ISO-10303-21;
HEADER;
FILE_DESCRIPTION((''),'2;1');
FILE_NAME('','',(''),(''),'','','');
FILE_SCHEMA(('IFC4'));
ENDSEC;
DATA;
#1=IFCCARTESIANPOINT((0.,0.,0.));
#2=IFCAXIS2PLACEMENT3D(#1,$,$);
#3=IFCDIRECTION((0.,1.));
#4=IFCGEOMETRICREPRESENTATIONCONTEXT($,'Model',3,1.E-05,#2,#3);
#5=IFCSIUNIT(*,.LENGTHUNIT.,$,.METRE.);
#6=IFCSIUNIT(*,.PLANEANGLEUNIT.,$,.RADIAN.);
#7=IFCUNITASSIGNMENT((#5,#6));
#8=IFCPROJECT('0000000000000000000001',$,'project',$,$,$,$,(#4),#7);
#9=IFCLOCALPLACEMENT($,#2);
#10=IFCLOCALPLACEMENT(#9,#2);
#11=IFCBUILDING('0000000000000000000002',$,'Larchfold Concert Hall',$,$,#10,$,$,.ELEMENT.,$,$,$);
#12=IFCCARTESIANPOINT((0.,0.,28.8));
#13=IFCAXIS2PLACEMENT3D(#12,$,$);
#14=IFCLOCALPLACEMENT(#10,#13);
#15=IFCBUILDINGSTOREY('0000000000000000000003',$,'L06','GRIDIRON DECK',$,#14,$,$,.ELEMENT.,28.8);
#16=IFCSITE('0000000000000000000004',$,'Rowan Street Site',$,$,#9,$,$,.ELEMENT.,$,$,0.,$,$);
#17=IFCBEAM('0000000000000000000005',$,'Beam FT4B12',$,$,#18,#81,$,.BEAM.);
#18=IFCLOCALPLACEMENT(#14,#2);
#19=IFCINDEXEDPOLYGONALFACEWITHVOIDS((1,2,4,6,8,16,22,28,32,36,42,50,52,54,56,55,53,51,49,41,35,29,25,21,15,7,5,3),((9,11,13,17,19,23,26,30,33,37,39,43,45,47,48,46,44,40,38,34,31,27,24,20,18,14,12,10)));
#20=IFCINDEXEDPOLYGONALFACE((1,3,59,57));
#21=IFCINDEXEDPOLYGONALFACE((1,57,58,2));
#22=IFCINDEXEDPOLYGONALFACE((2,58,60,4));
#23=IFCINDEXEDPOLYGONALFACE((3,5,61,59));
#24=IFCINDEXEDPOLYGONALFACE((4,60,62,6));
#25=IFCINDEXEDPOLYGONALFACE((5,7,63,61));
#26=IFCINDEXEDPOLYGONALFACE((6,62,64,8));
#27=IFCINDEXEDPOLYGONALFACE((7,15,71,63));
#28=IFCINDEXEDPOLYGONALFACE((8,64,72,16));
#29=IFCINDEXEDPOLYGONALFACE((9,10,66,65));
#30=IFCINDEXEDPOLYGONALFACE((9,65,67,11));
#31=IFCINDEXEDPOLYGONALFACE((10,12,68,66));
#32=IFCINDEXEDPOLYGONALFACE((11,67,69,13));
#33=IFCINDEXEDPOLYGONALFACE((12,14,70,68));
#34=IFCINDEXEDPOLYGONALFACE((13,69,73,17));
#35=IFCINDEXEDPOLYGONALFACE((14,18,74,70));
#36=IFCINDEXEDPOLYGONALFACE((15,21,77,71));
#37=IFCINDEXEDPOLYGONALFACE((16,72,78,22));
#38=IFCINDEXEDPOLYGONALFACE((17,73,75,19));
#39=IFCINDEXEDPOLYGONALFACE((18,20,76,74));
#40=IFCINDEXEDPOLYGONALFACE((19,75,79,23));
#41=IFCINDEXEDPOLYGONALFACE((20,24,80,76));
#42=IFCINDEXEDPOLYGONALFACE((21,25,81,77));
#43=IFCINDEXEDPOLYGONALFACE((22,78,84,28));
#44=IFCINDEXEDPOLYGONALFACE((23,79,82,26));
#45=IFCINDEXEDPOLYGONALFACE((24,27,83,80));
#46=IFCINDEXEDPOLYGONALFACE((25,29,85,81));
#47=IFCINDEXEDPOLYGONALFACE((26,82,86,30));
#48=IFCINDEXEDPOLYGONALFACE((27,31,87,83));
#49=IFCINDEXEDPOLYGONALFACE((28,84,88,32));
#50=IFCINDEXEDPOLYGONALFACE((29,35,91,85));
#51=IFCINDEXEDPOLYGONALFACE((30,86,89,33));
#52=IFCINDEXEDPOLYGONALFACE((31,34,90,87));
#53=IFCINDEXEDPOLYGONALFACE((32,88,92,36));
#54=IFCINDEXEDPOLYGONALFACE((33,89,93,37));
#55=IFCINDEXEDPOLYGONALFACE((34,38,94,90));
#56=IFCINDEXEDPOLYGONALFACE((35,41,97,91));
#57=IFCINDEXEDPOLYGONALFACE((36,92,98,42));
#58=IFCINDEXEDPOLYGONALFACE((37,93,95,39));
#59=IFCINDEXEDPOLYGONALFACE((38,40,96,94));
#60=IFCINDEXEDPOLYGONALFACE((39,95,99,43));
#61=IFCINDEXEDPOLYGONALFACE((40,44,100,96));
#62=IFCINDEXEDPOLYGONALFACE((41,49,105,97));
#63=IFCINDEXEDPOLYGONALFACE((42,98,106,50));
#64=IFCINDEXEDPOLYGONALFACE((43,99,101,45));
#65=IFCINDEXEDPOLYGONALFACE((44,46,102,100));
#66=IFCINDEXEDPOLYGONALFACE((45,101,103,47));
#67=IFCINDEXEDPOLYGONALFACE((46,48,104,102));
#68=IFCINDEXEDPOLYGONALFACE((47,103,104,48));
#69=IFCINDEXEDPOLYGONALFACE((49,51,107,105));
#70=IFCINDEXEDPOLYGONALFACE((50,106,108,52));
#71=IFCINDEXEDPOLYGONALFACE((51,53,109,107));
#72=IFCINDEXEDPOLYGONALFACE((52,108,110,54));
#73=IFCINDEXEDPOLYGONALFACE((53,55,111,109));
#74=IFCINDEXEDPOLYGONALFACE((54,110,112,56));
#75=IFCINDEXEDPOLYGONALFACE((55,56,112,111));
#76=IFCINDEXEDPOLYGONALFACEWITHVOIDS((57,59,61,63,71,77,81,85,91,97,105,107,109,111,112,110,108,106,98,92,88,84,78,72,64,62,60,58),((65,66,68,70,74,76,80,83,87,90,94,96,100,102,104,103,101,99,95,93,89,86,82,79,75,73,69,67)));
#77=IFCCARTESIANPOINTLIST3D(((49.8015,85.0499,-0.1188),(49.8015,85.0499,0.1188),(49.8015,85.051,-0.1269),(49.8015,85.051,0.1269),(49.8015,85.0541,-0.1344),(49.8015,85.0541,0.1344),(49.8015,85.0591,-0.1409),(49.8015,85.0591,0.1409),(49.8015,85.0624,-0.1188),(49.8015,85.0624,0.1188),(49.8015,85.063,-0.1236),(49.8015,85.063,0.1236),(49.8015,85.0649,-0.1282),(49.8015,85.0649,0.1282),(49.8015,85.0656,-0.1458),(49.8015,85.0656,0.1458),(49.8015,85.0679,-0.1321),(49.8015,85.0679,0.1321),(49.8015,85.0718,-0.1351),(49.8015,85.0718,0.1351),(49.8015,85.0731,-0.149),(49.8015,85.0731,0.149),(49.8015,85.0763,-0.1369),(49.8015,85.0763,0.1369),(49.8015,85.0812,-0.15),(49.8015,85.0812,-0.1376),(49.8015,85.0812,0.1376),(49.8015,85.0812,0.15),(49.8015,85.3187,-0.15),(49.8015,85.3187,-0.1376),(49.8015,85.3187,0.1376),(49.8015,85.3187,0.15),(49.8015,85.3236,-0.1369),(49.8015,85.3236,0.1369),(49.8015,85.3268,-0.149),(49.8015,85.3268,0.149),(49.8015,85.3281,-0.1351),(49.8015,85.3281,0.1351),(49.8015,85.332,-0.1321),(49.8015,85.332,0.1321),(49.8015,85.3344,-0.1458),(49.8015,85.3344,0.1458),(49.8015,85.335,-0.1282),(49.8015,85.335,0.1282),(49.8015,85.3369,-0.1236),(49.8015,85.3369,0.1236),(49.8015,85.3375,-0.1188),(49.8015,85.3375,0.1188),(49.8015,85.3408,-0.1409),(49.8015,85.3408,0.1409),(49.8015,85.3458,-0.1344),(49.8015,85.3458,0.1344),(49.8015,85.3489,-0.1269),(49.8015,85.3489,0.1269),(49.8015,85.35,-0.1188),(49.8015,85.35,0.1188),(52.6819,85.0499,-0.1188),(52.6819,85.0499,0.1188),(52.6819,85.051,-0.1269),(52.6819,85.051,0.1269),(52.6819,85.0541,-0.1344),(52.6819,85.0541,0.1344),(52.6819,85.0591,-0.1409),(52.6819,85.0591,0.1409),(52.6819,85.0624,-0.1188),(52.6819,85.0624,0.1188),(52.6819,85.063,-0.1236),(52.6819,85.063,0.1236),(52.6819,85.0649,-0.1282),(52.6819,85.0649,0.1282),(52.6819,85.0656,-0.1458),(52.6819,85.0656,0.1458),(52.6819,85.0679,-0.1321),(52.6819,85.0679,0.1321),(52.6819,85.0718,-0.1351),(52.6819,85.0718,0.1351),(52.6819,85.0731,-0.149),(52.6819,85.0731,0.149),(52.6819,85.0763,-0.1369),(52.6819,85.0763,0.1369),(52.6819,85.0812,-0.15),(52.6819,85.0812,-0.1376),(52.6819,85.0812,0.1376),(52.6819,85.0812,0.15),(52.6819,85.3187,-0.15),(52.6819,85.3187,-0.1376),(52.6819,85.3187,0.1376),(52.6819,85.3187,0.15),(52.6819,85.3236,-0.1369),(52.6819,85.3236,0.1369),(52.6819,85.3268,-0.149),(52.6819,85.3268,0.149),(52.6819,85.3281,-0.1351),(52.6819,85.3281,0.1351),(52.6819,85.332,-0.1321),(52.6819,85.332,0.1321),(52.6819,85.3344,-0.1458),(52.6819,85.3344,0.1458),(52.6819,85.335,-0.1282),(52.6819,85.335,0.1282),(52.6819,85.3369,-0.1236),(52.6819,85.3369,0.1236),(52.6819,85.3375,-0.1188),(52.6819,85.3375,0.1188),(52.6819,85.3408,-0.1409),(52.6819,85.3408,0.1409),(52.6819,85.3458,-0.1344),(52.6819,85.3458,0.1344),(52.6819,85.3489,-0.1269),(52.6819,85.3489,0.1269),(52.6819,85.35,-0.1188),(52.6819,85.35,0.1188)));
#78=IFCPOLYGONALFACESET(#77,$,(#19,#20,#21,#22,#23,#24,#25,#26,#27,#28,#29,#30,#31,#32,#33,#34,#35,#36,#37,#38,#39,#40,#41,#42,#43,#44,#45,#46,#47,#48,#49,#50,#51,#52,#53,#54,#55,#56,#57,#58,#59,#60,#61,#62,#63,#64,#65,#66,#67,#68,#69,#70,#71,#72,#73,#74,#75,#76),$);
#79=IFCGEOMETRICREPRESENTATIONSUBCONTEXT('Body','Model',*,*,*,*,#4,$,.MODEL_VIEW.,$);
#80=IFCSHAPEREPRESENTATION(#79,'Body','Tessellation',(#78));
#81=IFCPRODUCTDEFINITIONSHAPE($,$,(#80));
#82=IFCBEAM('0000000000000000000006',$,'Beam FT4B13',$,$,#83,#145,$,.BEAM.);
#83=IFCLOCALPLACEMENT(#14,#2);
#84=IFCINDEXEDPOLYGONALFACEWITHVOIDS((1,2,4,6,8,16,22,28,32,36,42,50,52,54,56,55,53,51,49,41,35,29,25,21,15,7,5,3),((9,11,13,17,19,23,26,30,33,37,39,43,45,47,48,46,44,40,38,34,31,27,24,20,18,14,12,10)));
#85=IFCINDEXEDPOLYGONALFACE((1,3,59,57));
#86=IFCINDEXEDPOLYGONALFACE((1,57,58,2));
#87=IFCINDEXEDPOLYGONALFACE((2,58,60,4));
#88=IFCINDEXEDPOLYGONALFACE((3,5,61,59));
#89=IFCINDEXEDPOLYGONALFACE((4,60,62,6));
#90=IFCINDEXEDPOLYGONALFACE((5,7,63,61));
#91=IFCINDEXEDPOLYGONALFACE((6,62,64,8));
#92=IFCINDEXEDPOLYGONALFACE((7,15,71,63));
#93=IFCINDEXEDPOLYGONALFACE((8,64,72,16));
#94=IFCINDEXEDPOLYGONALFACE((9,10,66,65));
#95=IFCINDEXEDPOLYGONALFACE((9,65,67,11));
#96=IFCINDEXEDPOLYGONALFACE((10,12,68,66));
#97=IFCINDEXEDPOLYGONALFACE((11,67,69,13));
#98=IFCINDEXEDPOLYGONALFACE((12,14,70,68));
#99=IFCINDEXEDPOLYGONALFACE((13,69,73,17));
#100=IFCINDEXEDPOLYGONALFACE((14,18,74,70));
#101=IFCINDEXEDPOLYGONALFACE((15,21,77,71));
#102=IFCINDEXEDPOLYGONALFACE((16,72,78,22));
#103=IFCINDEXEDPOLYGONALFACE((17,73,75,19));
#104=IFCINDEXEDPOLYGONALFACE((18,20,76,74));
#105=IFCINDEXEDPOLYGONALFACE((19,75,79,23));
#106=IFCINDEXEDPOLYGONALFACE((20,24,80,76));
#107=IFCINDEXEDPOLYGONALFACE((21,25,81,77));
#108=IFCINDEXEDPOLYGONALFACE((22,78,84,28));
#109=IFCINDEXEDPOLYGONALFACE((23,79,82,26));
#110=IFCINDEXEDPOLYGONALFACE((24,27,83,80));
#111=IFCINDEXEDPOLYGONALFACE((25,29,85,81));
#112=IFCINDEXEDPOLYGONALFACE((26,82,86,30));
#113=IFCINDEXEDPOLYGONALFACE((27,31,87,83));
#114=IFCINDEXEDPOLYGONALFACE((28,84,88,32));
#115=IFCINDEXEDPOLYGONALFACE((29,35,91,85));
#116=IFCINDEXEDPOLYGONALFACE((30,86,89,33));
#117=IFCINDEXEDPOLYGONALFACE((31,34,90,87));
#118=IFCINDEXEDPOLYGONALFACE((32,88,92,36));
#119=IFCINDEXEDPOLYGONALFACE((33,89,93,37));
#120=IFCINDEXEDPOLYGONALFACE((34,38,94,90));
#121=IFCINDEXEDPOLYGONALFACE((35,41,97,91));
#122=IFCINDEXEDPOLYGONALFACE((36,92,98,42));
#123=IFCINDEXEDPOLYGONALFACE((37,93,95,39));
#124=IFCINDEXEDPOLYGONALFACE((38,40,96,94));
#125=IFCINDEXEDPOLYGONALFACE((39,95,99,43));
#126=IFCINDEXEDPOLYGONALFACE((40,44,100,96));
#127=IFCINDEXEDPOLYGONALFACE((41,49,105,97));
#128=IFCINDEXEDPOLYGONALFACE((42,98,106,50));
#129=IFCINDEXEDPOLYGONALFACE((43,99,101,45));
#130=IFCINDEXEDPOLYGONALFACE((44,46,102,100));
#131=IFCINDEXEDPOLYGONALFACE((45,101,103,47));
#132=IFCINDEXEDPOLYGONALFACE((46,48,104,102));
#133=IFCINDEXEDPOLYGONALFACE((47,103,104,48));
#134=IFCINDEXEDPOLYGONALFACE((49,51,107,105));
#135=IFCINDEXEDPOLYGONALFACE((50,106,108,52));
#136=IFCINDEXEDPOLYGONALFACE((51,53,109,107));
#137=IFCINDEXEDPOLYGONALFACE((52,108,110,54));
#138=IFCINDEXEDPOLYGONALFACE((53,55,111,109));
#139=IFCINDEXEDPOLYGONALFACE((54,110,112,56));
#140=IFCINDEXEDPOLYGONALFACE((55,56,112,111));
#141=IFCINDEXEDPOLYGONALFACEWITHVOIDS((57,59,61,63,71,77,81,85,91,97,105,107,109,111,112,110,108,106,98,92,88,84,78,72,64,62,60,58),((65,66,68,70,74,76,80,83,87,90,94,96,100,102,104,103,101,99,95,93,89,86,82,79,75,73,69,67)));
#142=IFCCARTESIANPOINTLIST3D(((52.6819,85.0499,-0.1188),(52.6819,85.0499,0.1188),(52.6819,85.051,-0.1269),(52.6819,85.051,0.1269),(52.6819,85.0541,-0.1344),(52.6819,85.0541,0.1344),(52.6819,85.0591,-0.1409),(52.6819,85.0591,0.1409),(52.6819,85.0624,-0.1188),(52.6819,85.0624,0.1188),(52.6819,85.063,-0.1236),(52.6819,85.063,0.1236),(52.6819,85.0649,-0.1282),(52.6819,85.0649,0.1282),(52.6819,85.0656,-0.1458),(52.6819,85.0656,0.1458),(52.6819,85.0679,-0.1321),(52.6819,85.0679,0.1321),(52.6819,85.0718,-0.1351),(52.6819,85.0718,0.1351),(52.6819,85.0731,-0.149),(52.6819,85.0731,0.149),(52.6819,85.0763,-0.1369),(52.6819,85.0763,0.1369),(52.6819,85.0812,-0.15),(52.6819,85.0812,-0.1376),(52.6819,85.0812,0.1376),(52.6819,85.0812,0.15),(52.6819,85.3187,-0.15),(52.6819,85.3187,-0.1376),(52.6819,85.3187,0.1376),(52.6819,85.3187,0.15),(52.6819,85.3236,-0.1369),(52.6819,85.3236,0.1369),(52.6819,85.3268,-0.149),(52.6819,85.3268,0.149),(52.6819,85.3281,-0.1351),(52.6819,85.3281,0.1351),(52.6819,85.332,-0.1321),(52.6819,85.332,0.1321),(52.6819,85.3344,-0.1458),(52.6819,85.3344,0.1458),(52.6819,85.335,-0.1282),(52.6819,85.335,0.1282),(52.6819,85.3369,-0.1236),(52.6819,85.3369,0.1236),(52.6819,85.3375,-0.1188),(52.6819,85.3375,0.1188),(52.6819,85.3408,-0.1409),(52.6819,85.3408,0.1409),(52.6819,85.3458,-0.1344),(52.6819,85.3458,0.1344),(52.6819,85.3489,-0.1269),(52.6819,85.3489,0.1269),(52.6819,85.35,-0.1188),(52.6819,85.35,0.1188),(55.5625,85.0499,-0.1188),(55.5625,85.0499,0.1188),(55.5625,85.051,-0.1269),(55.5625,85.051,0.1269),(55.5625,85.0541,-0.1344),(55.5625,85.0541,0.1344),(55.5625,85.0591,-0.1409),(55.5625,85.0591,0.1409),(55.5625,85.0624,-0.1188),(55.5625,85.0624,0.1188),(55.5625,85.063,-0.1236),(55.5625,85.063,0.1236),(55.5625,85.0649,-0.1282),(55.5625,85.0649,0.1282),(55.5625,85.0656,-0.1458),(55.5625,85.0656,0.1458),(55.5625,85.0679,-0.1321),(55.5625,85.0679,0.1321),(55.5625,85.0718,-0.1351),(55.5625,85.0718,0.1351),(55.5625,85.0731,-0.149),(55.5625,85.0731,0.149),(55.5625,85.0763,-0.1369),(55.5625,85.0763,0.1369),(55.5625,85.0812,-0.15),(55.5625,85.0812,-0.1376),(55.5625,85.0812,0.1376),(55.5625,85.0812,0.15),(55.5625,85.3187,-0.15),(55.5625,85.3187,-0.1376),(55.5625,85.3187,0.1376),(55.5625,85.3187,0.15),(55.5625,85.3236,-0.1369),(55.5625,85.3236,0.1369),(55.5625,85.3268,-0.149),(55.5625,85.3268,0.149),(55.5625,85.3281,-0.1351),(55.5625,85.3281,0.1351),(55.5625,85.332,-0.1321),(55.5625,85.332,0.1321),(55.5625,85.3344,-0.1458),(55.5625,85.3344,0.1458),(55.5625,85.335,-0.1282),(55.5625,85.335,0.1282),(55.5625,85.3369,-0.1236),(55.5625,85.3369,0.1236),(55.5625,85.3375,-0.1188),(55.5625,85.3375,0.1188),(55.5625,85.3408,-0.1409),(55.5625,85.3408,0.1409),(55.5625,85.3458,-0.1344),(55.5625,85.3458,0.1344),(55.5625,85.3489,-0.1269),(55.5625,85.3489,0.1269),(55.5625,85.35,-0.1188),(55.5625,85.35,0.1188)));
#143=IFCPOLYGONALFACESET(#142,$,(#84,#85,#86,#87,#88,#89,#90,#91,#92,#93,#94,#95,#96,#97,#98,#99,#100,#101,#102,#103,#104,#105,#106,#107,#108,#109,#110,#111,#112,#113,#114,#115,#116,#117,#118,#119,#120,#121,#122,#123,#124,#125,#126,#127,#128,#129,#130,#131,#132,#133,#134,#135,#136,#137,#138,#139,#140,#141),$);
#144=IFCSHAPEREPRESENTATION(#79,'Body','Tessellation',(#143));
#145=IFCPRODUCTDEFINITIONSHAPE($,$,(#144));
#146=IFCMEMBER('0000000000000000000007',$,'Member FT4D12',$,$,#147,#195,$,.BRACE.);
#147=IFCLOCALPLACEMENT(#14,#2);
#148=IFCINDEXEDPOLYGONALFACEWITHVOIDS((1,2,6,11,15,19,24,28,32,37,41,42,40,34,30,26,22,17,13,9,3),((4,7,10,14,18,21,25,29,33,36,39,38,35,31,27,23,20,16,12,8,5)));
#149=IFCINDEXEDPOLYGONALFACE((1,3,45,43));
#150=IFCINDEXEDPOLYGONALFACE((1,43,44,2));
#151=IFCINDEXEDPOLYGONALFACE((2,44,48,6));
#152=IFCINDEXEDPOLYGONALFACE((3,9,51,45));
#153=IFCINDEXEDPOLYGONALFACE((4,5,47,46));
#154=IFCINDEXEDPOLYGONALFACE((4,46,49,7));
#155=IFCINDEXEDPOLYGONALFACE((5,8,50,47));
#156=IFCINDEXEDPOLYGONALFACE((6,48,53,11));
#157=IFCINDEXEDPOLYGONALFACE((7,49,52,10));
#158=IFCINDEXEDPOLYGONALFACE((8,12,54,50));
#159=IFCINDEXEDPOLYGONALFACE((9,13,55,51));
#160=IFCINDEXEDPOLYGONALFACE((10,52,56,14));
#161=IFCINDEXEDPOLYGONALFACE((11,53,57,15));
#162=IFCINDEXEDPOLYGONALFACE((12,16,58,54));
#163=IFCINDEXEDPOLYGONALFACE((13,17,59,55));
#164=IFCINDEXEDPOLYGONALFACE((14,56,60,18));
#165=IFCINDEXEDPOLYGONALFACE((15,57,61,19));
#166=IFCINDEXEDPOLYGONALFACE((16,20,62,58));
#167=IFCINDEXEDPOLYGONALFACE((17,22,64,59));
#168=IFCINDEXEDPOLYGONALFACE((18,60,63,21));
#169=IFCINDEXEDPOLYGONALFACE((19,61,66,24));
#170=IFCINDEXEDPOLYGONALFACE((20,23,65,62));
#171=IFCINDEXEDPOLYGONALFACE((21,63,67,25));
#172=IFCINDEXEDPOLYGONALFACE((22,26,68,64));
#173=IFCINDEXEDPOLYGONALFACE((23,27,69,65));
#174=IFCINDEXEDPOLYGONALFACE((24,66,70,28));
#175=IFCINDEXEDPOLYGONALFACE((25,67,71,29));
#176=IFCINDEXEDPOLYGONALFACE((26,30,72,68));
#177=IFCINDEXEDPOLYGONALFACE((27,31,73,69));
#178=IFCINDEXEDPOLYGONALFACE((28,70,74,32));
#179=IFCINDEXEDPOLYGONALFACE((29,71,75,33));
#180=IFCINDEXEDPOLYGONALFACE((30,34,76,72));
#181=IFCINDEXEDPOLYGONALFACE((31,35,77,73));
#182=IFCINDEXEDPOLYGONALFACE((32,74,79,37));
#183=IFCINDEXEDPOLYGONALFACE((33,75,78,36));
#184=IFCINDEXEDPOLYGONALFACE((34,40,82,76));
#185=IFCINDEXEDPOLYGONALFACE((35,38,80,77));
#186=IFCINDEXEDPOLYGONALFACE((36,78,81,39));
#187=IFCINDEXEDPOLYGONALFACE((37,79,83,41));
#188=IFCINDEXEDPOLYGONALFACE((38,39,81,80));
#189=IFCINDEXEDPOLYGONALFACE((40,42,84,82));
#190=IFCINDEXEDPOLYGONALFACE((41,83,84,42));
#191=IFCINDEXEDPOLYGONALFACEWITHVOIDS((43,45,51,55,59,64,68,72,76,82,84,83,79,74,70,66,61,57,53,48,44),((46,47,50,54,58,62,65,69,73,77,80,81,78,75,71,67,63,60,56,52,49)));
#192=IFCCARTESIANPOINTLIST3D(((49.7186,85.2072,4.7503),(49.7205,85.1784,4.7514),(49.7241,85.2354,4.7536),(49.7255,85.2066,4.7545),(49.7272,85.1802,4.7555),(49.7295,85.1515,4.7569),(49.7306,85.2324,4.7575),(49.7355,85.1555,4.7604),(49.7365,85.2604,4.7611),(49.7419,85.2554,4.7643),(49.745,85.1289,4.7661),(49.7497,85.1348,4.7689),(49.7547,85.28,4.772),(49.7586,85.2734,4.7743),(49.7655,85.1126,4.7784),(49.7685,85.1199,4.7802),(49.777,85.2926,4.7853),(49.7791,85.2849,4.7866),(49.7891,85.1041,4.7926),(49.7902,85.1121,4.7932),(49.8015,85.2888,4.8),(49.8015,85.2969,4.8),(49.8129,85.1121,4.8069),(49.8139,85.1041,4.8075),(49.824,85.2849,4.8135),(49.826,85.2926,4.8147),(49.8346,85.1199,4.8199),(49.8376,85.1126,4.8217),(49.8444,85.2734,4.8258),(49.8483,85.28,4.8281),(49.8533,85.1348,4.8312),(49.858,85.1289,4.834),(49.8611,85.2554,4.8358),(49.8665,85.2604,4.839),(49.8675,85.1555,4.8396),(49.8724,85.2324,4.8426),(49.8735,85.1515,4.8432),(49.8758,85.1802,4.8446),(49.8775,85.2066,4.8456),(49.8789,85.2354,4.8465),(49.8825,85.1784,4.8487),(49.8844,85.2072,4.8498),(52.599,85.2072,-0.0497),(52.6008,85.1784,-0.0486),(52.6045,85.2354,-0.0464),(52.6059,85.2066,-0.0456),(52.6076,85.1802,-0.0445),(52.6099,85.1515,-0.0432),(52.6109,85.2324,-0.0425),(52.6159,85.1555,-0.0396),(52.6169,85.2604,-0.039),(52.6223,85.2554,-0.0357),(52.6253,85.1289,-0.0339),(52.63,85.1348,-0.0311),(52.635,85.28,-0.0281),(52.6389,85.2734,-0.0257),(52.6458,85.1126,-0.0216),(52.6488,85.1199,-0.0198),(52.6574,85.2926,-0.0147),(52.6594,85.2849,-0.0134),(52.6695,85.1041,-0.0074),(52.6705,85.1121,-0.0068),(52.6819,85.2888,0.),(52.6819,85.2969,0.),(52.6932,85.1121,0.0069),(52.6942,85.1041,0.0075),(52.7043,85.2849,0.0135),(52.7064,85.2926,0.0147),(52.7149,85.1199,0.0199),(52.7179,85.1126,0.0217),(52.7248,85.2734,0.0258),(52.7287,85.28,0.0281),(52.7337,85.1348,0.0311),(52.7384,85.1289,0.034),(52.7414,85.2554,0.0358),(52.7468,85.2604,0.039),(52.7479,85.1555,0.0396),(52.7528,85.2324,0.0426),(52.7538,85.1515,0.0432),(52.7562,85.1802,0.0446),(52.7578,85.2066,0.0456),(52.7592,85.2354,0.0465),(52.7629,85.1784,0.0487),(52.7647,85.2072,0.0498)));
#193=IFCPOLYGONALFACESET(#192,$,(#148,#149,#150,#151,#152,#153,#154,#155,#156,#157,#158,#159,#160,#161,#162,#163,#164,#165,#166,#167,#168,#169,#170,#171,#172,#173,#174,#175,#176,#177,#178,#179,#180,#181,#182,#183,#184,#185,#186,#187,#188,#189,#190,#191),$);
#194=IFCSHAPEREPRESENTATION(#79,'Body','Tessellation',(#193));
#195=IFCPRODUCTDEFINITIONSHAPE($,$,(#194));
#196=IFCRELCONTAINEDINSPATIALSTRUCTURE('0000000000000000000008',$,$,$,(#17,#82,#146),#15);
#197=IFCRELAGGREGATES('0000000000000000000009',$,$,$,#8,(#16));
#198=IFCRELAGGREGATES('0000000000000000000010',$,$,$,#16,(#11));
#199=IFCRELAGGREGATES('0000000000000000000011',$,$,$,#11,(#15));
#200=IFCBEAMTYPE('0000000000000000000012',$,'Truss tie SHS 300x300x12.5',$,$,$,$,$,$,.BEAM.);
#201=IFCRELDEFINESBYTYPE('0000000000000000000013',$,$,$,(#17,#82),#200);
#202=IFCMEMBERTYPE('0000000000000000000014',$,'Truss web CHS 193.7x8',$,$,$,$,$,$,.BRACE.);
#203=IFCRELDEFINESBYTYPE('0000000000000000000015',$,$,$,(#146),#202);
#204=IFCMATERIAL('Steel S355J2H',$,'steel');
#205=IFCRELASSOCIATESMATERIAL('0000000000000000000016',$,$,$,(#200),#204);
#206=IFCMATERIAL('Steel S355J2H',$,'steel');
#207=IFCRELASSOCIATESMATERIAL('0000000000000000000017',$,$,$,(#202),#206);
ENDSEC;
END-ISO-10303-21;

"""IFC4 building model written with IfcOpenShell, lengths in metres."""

from ifc_helpers import new_model, si_unit, direction, frame, origin, origin_2d, place, context, subcontext, project, spatial, hollow_rectangle, hollow_circle, extrude, material, material_profile, profile_set, type_object, element, save


model = new_model("IFC4")

# Units and contexts
model_context = context("Model", 3, precision=1e-05, world=origin(), true_north=direction((0.0, 1.0)))
body_context = subcontext(model_context, "Body", "Model", "MODEL_VIEW")
ifc_project = project(units=[si_unit("LENGTHUNIT", "METRE"), si_unit("PLANEANGLEUNIT", "RADIAN")], contexts=[model_context])

# Site, building, storey
site_placement = place(None, origin())
site = spatial("IfcSite", under=ifc_project, at=site_placement, Name="Rowan Street Site", CompositionType="ELEMENT", RefElevation=0.0)
building_placement = place(site_placement, origin())
building = spatial("IfcBuilding", under=site, at=building_placement, Name="Larchfold Concert Hall", CompositionType="ELEMENT")
storey_placement = place(building_placement, frame((0.0, 0.0, 28.8)))
storey = spatial("IfcBuildingStorey", under=building, at=storey_placement, Name="L06", Description="GRIDIRON DECK", CompositionType="ELEMENT", Elevation=28.8)

# Beams
ifc_material_1 = material(Name="Steel S355J2H", Category="steel")
ifc_material_profile_1 = material_profile(ifc_material_1, hollow_rectangle(XDim=0.3, YDim=0.3, WallThickness=0.0125, InnerFilletRadius=0.0188, OuterFilletRadius=0.0312, at=origin_2d()))
ifc_profile_set_1 = profile_set([ifc_material_profile_1], Name="Steel S355J2H")
beam_type_1 = type_object("IfcBeamType", Name="Truss tie SHS 300x300x12.5", PredefinedType="BEAM", material=ifc_profile_set_1)
beam_1_placement = place(storey_placement, frame((49.8015, 85.2, 0.0), z_axis=(1.0, 0.0, 0.0), x_axis=(0.0, 1.0, 0.0)))
element("IfcBeam", 1, at=beam_1_placement, inside=storey, type_object=beam_type_1, Name="Beam FT4B12", PredefinedType="BEAM", context=body_context, shape_type="SweptSolid", body=[
    extrude(hollow_rectangle(XDim=0.3, YDim=0.3, WallThickness=0.0125, InnerFilletRadius=0.0188, OuterFilletRadius=0.0312, at=origin_2d()), origin(), (0.0, 0.0, 1.0), 2.8804),
])
beam_2_placement = place(storey_placement, frame((52.6819, 85.2, 0.0), z_axis=(1.0, 0.0, 0.0), x_axis=(0.0, 1.0, 0.0)))
element("IfcBeam", 2, at=beam_2_placement, inside=storey, type_object=beam_type_1, Name="Beam FT4B13", PredefinedType="BEAM", context=body_context, shape_type="SweptSolid", body=[
    extrude(hollow_rectangle(XDim=0.3, YDim=0.3, WallThickness=0.0125, InnerFilletRadius=0.0188, OuterFilletRadius=0.0312, at=origin_2d()), origin(), (0.0, 0.0, 1.0), 2.8806),
])

# Member
ifc_material_2 = material(Name="Steel S355J2H", Category="steel")
ifc_material_profile_2 = material_profile(ifc_material_2, hollow_circle(Radius=0.0969, WallThickness=0.0081, at=origin_2d()))
ifc_profile_set_2 = profile_set([ifc_material_profile_2], Name="Steel S355J2H")
member_type_1 = type_object("IfcMemberType", Name="Truss web CHS 193.7x8", PredefinedType="BRACE", material=ifc_profile_set_2)
member_1_placement = place(storey_placement, frame((49.8015, 85.2, 4.8), z_axis=(0.514541, 0.0, -0.857466), x_axis=(0.0, 1.0, 0.0)))
element("IfcMember", 3, at=member_1_placement, inside=storey, type_object=member_type_1, Name="Member FT4D12", PredefinedType="BRACE", context=body_context, shape_type="SweptSolid", body=[
    extrude(hollow_circle(Radius=0.0969, WallThickness=0.0081, at=origin_2d()), origin(), (0.0, 0.0, 1.0), 5.5979),
])

save(model, "model.ifc")
